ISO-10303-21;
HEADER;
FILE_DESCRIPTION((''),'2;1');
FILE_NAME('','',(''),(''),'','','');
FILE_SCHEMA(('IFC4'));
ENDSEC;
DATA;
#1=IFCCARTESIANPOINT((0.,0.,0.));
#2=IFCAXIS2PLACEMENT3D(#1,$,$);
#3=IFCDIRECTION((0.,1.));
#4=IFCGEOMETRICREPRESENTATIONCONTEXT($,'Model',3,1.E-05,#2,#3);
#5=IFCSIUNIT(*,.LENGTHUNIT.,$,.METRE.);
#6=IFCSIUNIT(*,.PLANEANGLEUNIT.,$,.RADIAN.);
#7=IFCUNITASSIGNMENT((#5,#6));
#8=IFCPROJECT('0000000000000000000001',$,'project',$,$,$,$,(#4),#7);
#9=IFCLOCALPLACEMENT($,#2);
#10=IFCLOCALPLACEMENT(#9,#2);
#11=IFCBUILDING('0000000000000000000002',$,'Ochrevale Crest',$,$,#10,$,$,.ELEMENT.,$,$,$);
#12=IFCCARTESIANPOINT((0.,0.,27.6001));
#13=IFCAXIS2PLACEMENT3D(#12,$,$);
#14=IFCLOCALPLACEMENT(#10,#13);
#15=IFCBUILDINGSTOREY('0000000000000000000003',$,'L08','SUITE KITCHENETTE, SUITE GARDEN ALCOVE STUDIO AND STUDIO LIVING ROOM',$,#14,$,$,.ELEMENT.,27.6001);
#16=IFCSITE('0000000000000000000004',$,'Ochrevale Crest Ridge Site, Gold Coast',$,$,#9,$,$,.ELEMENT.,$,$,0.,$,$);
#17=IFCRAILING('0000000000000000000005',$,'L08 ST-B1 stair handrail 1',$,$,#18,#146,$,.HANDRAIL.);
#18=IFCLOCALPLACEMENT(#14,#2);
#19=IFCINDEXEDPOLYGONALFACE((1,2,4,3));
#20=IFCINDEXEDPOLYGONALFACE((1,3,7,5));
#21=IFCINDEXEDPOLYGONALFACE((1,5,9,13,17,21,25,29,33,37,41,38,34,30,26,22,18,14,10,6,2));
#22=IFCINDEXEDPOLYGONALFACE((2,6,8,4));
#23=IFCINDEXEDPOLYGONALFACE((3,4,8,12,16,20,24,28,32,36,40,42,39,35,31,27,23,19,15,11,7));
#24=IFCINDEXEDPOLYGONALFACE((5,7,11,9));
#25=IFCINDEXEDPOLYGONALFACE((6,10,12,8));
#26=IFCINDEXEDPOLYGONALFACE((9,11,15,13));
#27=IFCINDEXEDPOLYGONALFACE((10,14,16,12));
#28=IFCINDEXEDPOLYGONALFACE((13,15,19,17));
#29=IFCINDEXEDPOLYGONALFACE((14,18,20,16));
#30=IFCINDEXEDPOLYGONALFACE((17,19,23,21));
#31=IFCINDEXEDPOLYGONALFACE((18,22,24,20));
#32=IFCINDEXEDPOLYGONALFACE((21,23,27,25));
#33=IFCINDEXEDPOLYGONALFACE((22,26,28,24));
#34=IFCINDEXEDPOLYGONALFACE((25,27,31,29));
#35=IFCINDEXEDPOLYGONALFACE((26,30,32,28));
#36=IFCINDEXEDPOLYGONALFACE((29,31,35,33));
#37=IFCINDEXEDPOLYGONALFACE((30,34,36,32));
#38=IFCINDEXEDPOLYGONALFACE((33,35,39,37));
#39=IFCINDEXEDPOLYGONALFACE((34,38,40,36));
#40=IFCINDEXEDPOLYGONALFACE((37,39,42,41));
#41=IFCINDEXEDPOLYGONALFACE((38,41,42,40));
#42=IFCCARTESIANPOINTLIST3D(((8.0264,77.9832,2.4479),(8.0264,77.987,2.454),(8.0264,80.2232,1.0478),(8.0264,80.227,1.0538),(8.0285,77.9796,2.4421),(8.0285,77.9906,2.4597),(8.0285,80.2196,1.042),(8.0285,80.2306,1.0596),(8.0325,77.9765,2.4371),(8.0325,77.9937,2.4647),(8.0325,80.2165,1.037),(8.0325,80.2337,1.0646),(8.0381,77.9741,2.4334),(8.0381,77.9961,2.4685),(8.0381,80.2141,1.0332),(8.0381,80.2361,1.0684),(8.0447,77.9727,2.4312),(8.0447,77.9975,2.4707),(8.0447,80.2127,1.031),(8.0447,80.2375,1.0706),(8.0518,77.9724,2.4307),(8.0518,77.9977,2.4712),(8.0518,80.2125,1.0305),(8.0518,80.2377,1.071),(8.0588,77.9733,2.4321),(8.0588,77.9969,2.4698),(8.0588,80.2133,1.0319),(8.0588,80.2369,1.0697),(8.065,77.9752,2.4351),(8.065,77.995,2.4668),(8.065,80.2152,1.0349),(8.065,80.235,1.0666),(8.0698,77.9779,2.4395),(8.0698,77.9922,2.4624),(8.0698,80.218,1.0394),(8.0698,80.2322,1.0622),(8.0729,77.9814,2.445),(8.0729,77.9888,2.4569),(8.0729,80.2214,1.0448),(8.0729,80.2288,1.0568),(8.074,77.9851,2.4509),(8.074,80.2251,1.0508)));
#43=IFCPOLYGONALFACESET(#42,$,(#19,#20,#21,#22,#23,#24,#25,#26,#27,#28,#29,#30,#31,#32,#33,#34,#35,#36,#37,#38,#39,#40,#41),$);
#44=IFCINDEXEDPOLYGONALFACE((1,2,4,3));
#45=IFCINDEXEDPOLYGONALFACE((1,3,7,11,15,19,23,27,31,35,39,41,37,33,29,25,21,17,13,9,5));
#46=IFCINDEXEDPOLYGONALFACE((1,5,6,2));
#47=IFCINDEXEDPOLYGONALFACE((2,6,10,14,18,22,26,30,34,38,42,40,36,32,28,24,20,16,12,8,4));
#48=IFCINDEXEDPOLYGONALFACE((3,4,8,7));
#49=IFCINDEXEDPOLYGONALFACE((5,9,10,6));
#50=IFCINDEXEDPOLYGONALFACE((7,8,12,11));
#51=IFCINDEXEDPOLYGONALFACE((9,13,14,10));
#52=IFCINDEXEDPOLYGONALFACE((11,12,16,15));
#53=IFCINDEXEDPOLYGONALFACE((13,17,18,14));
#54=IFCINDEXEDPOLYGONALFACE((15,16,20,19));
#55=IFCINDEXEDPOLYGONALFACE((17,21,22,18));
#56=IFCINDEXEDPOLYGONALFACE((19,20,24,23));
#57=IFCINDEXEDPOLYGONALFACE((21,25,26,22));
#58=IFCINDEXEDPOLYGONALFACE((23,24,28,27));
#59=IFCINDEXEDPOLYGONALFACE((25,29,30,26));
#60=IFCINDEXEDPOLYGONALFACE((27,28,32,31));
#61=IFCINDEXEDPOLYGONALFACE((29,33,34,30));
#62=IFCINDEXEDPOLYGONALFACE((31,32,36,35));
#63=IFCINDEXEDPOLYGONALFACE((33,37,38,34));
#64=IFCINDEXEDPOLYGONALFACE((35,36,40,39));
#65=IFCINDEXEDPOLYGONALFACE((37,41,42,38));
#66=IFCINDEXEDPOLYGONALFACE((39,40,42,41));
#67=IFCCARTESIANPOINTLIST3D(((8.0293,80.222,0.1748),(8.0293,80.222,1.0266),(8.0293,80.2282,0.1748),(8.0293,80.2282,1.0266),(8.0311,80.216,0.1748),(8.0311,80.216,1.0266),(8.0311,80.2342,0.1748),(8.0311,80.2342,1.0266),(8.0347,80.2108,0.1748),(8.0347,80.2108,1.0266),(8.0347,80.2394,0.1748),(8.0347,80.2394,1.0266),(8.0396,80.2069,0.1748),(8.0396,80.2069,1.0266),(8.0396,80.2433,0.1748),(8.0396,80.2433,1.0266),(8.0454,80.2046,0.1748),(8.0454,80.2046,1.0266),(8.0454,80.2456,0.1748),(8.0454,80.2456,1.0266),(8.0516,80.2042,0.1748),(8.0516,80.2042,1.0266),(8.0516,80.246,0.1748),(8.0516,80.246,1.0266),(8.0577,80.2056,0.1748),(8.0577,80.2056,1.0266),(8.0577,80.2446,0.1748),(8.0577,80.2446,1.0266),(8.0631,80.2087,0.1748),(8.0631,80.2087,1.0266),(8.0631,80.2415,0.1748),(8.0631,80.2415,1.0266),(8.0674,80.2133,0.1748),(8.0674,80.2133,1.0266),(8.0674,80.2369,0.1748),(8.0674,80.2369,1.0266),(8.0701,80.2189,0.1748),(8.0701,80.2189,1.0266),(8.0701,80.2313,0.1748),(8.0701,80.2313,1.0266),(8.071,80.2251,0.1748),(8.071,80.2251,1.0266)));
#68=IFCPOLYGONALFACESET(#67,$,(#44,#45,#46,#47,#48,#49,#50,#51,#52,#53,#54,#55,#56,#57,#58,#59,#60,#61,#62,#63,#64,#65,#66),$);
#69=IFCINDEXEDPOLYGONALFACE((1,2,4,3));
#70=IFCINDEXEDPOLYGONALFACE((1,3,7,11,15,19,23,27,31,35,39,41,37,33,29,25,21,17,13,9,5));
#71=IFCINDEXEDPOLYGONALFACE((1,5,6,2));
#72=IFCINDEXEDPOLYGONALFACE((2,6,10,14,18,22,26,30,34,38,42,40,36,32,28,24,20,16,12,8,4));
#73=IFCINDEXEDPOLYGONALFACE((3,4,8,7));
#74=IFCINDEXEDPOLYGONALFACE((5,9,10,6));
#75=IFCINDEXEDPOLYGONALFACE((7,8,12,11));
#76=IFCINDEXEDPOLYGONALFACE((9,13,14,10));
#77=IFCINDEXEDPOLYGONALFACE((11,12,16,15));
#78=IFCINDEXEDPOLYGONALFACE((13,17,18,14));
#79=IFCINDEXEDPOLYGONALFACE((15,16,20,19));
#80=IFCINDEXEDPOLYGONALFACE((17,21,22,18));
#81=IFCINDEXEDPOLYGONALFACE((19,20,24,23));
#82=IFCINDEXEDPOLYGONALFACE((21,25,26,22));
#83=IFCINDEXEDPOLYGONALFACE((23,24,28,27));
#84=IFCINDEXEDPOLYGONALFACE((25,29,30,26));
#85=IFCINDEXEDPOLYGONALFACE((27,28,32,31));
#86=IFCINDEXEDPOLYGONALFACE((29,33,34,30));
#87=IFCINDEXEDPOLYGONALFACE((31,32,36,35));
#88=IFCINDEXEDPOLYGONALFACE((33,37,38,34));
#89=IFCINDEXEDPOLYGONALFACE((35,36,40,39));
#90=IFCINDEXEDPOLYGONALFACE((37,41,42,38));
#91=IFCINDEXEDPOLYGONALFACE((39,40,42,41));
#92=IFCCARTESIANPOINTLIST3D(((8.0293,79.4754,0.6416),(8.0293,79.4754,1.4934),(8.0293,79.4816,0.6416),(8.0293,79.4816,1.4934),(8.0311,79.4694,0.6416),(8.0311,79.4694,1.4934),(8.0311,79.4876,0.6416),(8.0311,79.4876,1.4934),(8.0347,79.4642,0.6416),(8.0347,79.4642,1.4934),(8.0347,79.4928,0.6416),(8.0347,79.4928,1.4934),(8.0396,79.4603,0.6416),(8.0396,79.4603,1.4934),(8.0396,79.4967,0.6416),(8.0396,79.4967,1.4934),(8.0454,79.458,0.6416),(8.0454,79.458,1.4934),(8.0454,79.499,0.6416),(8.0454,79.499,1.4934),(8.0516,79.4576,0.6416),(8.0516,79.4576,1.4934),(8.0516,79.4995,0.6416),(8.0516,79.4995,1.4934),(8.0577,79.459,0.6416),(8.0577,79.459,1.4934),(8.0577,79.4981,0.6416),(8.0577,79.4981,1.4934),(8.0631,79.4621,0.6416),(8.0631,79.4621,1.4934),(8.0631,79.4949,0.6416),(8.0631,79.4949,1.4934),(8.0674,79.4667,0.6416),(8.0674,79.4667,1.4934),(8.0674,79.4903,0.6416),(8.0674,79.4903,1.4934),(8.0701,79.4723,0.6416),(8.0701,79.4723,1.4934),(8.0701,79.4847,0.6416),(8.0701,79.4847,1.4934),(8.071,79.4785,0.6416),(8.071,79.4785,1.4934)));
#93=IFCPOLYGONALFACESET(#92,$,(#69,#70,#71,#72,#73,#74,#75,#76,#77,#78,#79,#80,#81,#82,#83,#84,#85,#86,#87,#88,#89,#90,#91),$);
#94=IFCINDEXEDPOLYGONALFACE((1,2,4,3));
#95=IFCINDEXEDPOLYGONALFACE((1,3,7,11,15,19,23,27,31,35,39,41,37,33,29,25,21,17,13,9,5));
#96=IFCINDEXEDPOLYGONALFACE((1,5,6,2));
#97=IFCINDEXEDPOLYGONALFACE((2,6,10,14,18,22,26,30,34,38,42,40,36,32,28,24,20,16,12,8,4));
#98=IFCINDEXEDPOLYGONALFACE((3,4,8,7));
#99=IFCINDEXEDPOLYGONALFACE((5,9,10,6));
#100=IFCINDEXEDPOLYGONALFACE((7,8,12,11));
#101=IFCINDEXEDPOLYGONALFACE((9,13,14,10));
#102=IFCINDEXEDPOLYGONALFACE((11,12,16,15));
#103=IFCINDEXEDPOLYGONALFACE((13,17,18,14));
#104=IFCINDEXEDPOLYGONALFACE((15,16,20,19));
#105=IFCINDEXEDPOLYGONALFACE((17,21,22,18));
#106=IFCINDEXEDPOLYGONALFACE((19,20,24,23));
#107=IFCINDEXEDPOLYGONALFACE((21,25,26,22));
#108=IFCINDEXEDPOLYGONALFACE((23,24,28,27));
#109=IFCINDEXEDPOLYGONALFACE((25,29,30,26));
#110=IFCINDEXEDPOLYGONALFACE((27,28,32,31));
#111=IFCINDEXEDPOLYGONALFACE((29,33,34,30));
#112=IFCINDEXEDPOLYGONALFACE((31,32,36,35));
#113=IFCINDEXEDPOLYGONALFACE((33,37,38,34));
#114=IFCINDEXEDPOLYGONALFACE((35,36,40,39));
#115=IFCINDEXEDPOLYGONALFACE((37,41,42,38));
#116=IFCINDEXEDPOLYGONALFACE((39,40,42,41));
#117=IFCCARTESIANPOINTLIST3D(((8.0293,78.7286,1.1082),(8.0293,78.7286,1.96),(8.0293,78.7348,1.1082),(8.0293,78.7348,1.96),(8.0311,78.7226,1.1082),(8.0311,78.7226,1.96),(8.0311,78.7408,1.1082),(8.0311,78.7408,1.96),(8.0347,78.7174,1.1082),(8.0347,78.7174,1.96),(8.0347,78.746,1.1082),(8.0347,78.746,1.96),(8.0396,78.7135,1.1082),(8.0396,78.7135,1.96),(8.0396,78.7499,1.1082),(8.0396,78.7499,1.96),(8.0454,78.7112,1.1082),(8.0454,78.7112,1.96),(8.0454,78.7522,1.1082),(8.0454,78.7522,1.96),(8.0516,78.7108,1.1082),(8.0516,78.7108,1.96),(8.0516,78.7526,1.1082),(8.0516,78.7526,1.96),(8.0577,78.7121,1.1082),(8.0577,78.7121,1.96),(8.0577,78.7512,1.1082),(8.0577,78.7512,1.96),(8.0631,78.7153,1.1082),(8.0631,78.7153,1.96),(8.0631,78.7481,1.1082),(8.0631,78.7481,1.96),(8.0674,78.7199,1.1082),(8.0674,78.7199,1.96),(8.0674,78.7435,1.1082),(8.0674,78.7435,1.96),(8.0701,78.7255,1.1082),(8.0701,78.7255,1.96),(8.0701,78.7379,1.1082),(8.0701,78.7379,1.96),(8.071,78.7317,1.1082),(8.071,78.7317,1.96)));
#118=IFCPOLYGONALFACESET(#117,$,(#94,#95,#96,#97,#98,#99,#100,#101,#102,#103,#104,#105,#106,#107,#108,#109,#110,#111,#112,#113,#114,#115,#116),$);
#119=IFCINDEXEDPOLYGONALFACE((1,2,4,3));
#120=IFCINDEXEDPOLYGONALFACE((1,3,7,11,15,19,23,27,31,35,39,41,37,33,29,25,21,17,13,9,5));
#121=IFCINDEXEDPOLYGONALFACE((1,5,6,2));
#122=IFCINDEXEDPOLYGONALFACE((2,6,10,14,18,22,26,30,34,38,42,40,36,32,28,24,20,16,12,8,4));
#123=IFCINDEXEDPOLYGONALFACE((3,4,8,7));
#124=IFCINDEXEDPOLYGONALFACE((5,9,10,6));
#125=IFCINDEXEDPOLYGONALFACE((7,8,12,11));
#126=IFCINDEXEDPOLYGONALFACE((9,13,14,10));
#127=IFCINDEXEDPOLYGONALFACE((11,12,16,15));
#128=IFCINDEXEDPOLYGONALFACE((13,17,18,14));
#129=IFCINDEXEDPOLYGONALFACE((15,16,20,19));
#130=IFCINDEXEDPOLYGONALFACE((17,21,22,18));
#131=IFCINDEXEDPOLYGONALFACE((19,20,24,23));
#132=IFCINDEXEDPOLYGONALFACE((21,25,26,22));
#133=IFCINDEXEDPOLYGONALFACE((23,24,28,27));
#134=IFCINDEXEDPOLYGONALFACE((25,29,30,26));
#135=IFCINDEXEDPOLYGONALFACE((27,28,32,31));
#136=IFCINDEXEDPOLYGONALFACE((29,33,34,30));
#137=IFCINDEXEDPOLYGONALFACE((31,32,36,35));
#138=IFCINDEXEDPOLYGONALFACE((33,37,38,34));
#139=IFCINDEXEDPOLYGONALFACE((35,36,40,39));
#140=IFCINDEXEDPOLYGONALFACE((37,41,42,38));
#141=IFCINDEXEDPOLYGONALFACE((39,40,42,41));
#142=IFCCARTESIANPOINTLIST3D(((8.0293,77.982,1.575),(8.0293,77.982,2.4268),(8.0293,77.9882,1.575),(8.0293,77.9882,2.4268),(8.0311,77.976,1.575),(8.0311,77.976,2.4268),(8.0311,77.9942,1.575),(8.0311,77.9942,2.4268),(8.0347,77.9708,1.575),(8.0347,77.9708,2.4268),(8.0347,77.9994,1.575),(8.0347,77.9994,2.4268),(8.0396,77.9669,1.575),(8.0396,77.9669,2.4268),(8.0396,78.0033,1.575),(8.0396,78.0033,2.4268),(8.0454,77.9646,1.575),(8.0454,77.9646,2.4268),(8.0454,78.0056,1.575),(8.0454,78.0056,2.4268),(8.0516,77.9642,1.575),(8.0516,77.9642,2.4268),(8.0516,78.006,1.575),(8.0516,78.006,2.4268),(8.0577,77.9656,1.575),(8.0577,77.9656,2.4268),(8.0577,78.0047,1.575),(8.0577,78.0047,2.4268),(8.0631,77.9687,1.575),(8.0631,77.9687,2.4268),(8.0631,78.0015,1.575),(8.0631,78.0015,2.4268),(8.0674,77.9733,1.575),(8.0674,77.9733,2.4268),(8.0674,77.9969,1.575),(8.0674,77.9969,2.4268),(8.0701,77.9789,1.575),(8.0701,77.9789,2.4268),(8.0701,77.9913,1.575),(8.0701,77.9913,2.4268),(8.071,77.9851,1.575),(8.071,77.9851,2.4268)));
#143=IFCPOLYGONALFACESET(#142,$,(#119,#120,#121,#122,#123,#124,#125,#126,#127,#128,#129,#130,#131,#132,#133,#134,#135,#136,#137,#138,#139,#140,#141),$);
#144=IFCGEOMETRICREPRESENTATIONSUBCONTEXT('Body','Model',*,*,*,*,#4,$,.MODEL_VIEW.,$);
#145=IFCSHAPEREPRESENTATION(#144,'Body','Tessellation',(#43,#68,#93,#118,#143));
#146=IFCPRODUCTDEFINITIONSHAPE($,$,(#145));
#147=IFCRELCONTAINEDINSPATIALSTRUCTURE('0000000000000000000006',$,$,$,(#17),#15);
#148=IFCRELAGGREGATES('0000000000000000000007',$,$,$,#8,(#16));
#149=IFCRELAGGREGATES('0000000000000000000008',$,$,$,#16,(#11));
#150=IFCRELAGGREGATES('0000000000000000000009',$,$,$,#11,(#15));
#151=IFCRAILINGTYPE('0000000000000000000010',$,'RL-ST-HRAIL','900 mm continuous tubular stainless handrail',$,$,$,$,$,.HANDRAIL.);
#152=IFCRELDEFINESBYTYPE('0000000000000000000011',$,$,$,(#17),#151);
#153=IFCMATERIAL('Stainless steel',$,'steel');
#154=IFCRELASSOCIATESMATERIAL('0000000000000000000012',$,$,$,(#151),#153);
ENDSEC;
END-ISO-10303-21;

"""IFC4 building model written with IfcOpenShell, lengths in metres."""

from ifc_helpers import new_model, si_unit, direction, frame, origin, origin_2d, place, context, subcontext, project, spatial, circle, extrude, material, type_object, element, save


model = new_model("IFC4")

# Units and contexts
model_context = context("Model", 3, precision=1e-05, world=origin(), true_north=direction((0.0, 1.0)))
body_context = subcontext(model_context, "Body", "Model", "MODEL_VIEW")
ifc_project = project(units=[si_unit("LENGTHUNIT", "METRE"), si_unit("PLANEANGLEUNIT", "RADIAN")], contexts=[model_context])

# Site, building, storey
site_placement = place(None, origin())
site = spatial("IfcSite", under=ifc_project, at=site_placement, Name="Ochrevale Crest Ridge Site, Gold Coast", CompositionType="ELEMENT", RefElevation=0.0)
building_placement = place(site_placement, origin())
building = spatial("IfcBuilding", under=site, at=building_placement, Name="Ochrevale Crest", CompositionType="ELEMENT")
storey_placement = place(building_placement, frame((0.0, 0.0, 27.6001)))
storey = spatial("IfcBuildingStorey", under=building, at=storey_placement, Name="L08", Description="SUITE KITCHENETTE, SUITE GARDEN ALCOVE STUDIO AND STUDIO LIVING ROOM", CompositionType="ELEMENT", Elevation=27.6001)

# Railing
ifc_material_1 = material(Name="Stainless steel", Category="steel")
railing_type_1 = type_object("IfcRailingType", Name="RL-ST-HRAIL", Description="900 mm continuous tubular stainless handrail", PredefinedType="HANDRAIL", material=ifc_material_1)
railing_1_placement = place(storey_placement, frame((8.05, 80.2251, 0.1748)))
element("IfcRailing", 1, at=railing_1_placement, inside=storey, type_object=railing_type_1, Name="L08 ST-B1 stair handrail 1", PredefinedType="HANDRAIL", context=body_context, shape_type="SweptSolid", body=[
    extrude(circle(Radius=0.0239, at=origin_2d()), frame((0.0, 0.0, 0.876), z_axis=(0.0, -0.847972, 0.53004), x_axis=(1.0, 0.0, 0.0)), (0.0, 0.0, 1.0), 2.6416),
    extrude(circle(Radius=0.021, at=origin_2d()), origin(), (0.0, 0.0, 1.0), 0.8518),
    extrude(circle(Radius=0.021, at=origin_2d()), frame((0.0, -0.7466, 0.4668)), (0.0, 0.0, 1.0), 0.8518),
    extrude(circle(Radius=0.021, at=origin_2d()), frame((0.0, -1.4934, 0.9333)), (0.0, 0.0, 1.0), 0.8518),
    extrude(circle(Radius=0.021, at=origin_2d()), frame((0.0, -2.24, 1.4001)), (0.0, 0.0, 1.0), 0.8518),
])

save(model, "model.ifc")
